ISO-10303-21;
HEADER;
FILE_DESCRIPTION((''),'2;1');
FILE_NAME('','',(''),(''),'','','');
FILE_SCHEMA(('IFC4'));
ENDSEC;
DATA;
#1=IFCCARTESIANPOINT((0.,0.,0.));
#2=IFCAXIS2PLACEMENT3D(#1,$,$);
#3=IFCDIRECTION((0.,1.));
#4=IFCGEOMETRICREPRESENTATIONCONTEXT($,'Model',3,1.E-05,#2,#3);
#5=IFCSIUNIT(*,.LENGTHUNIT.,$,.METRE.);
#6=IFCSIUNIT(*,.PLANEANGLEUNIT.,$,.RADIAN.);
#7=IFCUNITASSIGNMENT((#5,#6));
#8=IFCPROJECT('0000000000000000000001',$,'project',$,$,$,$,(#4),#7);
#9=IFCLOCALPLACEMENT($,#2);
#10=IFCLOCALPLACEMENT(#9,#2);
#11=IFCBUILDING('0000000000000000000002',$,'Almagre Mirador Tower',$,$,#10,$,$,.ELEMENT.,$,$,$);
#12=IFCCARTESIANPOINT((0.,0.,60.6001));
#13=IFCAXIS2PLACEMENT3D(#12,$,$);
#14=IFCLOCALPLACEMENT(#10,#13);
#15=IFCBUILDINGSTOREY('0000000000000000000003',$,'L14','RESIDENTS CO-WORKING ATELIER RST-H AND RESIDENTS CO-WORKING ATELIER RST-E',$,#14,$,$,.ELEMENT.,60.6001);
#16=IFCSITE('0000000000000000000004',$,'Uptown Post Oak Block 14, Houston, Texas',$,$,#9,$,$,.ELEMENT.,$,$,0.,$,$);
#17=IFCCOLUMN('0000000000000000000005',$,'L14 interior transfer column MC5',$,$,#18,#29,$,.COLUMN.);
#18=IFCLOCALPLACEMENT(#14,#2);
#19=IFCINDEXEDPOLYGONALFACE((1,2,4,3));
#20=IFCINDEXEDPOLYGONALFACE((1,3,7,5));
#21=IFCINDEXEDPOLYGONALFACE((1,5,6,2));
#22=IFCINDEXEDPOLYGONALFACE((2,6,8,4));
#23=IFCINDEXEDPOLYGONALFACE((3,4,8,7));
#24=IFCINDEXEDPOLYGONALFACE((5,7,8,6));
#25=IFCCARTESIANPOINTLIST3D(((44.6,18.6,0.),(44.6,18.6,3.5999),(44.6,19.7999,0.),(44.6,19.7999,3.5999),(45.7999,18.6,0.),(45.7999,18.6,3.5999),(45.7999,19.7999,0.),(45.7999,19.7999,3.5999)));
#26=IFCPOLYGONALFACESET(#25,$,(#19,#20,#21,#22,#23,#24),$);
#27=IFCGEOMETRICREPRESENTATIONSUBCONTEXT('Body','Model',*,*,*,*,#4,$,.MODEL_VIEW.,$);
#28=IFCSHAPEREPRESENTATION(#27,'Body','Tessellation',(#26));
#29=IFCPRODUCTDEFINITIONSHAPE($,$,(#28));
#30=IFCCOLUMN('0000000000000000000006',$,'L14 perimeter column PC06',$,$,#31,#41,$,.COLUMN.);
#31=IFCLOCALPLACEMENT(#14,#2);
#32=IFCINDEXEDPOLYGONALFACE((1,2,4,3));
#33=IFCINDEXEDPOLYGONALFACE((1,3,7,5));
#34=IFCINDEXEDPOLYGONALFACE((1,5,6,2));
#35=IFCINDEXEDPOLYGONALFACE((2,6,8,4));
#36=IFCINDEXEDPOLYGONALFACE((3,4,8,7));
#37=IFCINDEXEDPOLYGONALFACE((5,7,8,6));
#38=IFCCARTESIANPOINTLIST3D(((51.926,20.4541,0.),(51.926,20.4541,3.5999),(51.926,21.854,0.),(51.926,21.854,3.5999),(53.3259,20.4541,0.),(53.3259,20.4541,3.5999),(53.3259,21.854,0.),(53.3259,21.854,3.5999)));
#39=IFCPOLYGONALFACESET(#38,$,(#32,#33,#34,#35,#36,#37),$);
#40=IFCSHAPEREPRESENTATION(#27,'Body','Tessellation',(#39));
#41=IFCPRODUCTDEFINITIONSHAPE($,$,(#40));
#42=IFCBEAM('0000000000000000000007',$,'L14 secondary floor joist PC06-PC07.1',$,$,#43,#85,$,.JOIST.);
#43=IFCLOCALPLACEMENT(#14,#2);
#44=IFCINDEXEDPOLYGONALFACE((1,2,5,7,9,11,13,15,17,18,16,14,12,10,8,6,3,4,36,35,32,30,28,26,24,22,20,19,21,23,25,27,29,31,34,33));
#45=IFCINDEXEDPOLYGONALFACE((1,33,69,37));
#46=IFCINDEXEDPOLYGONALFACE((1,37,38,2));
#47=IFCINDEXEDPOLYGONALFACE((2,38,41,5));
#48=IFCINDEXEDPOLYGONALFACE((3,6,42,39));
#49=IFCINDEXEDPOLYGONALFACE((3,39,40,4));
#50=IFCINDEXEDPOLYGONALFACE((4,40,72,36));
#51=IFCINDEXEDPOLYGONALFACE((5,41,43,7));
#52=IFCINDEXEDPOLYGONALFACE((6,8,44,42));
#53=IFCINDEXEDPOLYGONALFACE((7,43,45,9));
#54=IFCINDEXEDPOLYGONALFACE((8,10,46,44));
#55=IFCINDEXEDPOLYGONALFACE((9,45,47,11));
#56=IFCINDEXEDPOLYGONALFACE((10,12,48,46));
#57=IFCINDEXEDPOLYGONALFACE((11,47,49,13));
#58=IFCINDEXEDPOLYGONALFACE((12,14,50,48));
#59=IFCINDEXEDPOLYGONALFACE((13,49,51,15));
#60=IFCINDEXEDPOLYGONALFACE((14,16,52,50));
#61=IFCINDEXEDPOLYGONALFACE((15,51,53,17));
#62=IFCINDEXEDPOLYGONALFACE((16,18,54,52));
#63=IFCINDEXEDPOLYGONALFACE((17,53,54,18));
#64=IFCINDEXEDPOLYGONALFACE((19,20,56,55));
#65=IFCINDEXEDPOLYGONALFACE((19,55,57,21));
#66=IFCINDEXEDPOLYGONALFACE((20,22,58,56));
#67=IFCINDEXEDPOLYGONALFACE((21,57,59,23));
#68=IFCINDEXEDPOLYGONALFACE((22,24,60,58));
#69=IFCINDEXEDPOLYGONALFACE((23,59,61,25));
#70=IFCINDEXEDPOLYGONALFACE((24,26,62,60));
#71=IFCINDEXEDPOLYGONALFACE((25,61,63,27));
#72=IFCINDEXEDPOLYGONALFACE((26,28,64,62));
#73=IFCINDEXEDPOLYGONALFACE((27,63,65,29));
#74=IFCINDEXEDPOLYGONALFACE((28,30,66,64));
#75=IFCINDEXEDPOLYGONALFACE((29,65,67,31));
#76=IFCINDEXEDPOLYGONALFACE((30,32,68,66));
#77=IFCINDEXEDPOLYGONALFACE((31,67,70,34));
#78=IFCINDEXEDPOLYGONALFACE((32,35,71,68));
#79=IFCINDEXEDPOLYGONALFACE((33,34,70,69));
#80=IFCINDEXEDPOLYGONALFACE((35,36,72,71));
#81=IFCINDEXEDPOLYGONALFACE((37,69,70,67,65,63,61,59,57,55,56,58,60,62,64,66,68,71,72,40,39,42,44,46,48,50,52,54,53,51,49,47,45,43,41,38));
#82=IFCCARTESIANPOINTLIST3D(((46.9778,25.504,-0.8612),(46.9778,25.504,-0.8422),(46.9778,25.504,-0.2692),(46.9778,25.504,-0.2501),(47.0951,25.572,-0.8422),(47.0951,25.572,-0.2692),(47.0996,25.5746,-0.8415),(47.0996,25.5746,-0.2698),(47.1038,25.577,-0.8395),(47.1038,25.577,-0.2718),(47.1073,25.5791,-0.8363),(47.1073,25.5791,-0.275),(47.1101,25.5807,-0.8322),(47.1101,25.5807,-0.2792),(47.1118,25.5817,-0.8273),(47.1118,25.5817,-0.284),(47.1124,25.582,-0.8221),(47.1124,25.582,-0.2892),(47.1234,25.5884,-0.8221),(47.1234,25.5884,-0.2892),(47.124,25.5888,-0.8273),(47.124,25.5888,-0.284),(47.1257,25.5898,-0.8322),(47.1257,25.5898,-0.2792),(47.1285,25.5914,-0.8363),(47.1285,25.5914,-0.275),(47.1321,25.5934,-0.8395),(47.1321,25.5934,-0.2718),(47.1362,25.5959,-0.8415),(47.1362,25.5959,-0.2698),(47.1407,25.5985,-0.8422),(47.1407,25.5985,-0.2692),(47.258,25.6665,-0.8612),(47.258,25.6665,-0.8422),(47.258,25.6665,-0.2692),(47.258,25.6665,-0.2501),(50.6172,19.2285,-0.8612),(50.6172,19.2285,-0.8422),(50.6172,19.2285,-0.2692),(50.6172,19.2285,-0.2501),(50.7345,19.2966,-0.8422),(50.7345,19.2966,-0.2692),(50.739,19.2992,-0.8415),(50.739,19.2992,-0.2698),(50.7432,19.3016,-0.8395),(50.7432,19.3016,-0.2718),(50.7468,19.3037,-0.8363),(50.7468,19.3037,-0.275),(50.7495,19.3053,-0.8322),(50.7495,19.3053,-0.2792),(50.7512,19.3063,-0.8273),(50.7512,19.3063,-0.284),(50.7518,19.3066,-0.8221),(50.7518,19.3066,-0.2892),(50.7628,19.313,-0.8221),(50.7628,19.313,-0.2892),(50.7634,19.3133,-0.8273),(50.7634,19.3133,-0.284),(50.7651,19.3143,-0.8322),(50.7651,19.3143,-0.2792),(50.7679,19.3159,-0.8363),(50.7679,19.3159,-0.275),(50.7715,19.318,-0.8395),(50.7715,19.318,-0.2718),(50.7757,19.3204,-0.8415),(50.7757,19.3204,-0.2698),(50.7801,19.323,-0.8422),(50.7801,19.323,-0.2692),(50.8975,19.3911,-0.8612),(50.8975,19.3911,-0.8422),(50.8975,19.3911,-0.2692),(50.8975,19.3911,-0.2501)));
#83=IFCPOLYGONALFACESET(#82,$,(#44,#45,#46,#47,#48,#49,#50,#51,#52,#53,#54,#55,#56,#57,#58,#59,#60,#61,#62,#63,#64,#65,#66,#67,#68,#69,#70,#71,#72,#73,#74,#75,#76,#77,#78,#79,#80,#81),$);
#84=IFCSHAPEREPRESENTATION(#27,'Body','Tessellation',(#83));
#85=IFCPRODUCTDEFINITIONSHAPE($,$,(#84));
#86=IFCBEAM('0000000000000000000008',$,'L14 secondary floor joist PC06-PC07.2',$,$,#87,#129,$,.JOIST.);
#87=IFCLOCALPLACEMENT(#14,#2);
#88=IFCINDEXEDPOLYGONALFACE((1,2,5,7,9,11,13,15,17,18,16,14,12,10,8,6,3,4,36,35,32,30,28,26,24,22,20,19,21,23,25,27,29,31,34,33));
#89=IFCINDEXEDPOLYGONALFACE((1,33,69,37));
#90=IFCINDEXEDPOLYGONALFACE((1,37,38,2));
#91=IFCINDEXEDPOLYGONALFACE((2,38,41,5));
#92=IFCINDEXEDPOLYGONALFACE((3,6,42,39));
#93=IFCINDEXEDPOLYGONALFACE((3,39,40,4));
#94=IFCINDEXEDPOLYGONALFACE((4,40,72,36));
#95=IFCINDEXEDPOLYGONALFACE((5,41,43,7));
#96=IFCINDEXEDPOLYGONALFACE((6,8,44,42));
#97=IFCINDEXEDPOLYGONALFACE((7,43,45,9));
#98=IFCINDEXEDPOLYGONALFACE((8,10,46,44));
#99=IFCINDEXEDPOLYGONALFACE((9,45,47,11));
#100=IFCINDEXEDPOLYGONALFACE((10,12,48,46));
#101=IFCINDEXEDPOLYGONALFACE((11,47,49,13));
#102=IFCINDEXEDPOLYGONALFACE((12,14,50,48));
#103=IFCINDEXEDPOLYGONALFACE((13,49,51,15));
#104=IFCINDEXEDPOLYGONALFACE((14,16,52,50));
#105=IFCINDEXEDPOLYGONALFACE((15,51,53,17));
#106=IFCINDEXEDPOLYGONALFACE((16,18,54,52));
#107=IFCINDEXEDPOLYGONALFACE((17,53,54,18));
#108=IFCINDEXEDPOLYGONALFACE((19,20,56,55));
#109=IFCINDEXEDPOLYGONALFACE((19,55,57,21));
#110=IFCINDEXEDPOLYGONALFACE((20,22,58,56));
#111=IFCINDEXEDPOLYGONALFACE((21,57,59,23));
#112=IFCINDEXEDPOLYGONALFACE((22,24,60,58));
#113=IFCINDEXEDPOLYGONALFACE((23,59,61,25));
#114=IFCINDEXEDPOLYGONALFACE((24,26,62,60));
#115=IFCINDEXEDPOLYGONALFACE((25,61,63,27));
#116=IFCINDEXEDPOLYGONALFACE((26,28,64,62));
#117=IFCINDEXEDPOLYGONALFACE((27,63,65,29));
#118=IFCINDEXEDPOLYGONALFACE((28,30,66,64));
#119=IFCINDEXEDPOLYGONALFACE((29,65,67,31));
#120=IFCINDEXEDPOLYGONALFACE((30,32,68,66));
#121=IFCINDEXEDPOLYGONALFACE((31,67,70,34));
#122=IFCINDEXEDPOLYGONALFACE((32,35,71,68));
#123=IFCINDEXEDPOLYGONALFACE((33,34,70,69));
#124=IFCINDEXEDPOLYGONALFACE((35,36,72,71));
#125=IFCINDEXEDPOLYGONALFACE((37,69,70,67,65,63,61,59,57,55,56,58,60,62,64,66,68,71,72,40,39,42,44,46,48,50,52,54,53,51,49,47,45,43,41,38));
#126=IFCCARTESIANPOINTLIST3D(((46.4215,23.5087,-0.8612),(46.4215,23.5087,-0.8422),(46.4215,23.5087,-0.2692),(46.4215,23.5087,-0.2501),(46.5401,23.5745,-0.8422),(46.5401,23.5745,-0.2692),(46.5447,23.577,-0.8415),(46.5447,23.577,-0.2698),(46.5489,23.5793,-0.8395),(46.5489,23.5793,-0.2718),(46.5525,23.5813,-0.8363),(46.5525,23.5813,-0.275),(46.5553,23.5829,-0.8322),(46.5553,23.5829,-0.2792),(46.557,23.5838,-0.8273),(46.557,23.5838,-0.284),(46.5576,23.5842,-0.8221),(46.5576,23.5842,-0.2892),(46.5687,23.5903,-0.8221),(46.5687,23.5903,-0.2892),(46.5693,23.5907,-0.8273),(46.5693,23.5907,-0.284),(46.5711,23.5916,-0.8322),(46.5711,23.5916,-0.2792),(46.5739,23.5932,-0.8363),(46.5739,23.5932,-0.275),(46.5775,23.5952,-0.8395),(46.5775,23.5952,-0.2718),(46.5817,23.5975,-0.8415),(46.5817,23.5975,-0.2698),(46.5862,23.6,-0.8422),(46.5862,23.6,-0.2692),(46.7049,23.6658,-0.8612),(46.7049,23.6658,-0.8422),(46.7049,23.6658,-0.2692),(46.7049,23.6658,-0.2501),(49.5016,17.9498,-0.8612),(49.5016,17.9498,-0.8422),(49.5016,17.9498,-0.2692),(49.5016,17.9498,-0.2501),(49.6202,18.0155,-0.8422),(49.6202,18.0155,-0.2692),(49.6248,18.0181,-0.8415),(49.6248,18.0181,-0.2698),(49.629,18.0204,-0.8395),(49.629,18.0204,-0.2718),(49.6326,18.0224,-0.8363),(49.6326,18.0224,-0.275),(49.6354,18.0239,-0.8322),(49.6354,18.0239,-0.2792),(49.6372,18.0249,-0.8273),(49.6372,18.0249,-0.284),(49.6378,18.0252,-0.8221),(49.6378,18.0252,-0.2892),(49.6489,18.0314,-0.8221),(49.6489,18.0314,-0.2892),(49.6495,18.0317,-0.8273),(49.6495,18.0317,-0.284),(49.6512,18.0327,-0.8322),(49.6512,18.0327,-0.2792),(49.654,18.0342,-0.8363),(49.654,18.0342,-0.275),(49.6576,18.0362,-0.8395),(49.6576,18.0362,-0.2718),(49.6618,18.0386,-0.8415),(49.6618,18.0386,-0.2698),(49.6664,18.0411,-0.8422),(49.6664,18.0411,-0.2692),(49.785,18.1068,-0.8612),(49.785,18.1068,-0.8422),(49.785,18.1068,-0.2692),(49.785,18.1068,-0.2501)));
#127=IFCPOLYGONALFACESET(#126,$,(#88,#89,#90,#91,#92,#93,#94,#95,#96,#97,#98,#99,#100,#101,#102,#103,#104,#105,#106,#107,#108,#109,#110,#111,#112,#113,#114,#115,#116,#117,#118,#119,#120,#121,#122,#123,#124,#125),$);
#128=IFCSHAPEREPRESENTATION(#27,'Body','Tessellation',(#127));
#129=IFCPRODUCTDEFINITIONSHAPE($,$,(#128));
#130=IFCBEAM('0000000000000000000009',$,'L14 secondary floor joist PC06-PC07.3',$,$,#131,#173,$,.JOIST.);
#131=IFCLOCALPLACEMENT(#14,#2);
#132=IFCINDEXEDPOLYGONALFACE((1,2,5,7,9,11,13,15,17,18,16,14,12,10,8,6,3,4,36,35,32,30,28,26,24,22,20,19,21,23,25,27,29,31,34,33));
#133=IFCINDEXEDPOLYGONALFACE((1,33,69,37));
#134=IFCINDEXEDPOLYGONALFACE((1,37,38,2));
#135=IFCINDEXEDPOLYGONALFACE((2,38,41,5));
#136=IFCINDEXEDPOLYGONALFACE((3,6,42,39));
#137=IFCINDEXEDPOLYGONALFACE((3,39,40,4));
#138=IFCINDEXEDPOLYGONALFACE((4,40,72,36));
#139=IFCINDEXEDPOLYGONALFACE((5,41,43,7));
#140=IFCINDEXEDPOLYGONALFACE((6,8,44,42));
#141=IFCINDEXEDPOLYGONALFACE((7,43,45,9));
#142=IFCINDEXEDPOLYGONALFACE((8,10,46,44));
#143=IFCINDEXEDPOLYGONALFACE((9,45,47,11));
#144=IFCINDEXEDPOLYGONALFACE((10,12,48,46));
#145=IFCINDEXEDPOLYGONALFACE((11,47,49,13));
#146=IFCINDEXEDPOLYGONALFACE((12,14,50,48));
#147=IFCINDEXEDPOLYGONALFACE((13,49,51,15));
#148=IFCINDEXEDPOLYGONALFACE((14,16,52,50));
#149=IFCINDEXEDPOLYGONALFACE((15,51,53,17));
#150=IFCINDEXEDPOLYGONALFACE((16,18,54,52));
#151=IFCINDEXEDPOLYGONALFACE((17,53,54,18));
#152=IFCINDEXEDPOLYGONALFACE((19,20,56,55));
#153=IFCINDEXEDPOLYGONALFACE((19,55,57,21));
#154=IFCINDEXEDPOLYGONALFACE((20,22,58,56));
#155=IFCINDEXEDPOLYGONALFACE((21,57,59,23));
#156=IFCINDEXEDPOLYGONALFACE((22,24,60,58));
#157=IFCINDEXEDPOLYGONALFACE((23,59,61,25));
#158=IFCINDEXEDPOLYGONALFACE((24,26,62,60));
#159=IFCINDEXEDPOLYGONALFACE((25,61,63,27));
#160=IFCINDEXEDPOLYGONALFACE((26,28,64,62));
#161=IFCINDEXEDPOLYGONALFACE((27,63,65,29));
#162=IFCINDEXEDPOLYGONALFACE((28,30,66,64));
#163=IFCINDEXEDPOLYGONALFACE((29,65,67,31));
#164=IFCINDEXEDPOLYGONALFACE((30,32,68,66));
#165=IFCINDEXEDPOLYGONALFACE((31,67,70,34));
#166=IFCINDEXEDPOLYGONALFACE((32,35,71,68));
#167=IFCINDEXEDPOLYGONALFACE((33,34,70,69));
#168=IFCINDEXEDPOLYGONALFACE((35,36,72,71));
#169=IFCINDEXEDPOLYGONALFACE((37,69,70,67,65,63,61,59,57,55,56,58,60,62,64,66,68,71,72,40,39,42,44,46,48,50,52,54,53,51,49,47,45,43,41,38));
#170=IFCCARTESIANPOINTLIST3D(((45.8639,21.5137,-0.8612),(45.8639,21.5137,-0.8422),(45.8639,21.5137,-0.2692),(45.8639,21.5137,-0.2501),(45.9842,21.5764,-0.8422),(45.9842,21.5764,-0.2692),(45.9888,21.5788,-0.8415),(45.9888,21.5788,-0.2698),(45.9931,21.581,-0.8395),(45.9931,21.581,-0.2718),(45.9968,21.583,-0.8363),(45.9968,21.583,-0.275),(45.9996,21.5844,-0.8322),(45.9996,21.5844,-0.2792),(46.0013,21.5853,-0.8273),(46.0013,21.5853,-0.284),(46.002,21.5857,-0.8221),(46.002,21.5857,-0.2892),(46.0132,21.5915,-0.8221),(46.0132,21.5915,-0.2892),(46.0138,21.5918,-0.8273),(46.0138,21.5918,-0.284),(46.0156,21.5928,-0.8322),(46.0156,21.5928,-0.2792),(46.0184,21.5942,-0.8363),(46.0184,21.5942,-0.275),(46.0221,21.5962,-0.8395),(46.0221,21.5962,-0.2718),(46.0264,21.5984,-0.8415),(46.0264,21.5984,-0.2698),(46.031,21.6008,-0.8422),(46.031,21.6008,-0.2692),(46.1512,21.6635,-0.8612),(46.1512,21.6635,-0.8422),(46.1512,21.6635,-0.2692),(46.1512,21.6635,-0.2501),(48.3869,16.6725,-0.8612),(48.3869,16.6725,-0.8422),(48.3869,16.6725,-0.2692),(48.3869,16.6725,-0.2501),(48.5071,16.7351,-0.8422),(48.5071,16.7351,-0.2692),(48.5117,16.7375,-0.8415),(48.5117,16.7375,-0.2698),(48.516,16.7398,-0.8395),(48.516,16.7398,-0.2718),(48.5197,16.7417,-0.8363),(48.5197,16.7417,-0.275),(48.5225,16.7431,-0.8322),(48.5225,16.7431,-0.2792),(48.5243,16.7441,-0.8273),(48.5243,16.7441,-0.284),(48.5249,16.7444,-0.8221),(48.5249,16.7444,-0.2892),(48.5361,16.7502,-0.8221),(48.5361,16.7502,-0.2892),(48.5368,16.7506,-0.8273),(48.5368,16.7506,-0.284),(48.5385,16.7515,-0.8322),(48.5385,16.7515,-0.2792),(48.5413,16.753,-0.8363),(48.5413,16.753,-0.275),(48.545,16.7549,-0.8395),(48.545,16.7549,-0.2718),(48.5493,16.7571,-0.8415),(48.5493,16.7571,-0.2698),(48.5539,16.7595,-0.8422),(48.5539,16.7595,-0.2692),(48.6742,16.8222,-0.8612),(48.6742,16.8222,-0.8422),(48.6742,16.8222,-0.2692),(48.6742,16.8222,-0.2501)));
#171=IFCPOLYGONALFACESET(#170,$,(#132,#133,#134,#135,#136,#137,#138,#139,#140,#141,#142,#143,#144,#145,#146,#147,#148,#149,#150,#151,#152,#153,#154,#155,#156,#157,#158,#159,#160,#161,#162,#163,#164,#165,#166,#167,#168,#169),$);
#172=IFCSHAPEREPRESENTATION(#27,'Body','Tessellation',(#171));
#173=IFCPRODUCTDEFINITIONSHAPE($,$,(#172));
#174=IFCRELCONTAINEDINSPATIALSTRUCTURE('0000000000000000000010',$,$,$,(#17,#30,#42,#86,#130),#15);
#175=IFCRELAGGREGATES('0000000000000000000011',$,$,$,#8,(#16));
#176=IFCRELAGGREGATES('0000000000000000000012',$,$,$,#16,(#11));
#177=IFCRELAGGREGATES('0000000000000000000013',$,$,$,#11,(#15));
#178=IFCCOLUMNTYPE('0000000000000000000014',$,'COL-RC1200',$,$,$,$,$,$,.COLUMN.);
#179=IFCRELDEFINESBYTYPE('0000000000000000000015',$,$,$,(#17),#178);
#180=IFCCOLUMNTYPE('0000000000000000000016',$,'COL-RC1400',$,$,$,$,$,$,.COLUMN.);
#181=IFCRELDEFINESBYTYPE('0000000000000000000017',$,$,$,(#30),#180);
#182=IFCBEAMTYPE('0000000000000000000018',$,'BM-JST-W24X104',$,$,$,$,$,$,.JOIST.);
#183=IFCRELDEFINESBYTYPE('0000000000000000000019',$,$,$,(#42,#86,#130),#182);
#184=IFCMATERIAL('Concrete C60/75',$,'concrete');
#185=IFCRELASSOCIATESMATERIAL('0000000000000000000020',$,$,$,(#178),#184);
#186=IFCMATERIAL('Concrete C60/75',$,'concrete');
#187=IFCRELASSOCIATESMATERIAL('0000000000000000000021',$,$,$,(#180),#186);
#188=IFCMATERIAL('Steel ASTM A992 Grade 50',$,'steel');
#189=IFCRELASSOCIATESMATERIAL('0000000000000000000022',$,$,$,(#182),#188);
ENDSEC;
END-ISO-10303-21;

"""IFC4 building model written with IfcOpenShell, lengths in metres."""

from ifc_helpers import new_model, si_unit, direction, frame, origin, origin_2d, place, context, subcontext, project, spatial, rectangle, i_section, extrude, material, material_profile, profile_set, type_object, element, save


model = new_model("IFC4")

# Units and contexts
model_context = context("Model", 3, precision=1e-05, world=origin(), true_north=direction((0.0, 1.0)))
body_context = subcontext(model_context, "Body", "Model", "MODEL_VIEW")
ifc_project = project(units=[si_unit("LENGTHUNIT", "METRE"), si_unit("PLANEANGLEUNIT", "RADIAN")], contexts=[model_context])

# Site, building, storey
site_placement = place(None, origin())
site = spatial("IfcSite", under=ifc_project, at=site_placement, Name="Uptown Post Oak Block 14, Houston, Texas", CompositionType="ELEMENT", RefElevation=0.0)
building_placement = place(site_placement, origin())
building = spatial("IfcBuilding", under=site, at=building_placement, Name="Almagre Mirador Tower", CompositionType="ELEMENT")
storey_placement = place(building_placement, frame((0.0, 0.0, 60.6001)))
storey = spatial("IfcBuildingStorey", under=building, at=storey_placement, Name="L14", Description="RESIDENTS CO-WORKING ATELIER RST-H AND RESIDENTS CO-WORKING ATELIER RST-E", CompositionType="ELEMENT", Elevation=60.6001)

# Columns
ifc_material_1 = material(Name="Concrete C60/75", Category="concrete")
ifc_material_profile_1 = material_profile(ifc_material_1, rectangle(XDim=1.2, YDim=1.2, at=origin_2d()), Name="RC1200X1200")
ifc_profile_set_1 = profile_set([ifc_material_profile_1], Name="Concrete C60/75")
column_type_1 = type_object("IfcColumnType", Name="COL-RC1200", PredefinedType="COLUMN", material=ifc_profile_set_1)
column_1_placement = place(storey_placement, frame((45.2, 19.2, 0.0), z_axis=(0.0, 0.0, 1.0), x_axis=(1.0, 0.0, 0.0)))
element("IfcColumn", 1, at=column_1_placement, inside=storey, type_object=column_type_1, Name="L14 interior transfer column MC5", PredefinedType="COLUMN", context=body_context, shape_type="SweptSolid", body=[
    extrude(rectangle(XDim=1.2, YDim=1.2, at=origin_2d()), origin(), (0.0, 0.0, 1.0), 3.5999),
])
ifc_material_2 = material(Name="Concrete C60/75", Category="concrete")
ifc_material_profile_2 = material_profile(ifc_material_2, rectangle(XDim=1.3999, YDim=1.3999, at=origin_2d()), Name="RC1400X1400")
ifc_profile_set_2 = profile_set([ifc_material_profile_2], Name="Concrete C60/75")
column_type_2 = type_object("IfcColumnType", Name="COL-RC1400", PredefinedType="COLUMN", material=ifc_profile_set_2)
column_2_placement = place(storey_placement, frame((52.626, 21.1541, 0.0), z_axis=(0.0, 0.0, 1.0), x_axis=(1.0, 0.0, 0.0)))
element("IfcColumn", 2, at=column_2_placement, inside=storey, type_object=column_type_2, Name="L14 perimeter column PC06", PredefinedType="COLUMN", context=body_context, shape_type="SweptSolid", body=[
    extrude(rectangle(XDim=1.3999, YDim=1.3999, at=origin_2d()), origin(), (0.0, 0.0, 1.0), 3.5999),
])

# Beams
ifc_material_3 = material(Name="Steel ASTM A992 Grade 50", Category="steel")
ifc_material_profile_3 = material_profile(ifc_material_3, i_section(OverallWidth=0.324, OverallDepth=0.6111, WebThickness=0.0127, FlangeThickness=0.019, FilletRadius=0.02, at=origin_2d()), Name="W24X104")
ifc_profile_set_3 = profile_set([ifc_material_profile_3], Name="Steel ASTM A992 Grade 50")
beam_type_1 = type_object("IfcBeamType", Name="BM-JST-W24X104", PredefinedType="JOIST", material=ifc_profile_set_3)
beam_1_placement = place(storey_placement, frame((50.7573, 19.3098, -0.5557), z_axis=(-0.501685, 0.86505, 0.0), x_axis=(-0.86505, -0.501685, 0.0)))
element("IfcBeam", 3, at=beam_1_placement, inside=storey, type_object=beam_type_1, Name="L14 secondary floor joist PC06-PC07.1", PredefinedType="JOIST", context=body_context, shape_type="SweptSolid", body=[
    extrude(i_section(OverallWidth=0.324, OverallDepth=0.6111, WebThickness=0.0127, FlangeThickness=0.019, FilletRadius=0.02, at=origin_2d()), origin(), (0.0, 0.0, 1.0), 7.2544),
])
beam_2_placement = place(storey_placement, frame((49.6433, 18.0283, -0.5557), z_axis=(-0.484661, 0.874702, 0.0), x_axis=(-0.874702, -0.484661, 0.0)))
element("IfcBeam", 4, at=beam_2_placement, inside=storey, type_object=beam_type_1, Name="L14 secondary floor joist PC06-PC07.2", PredefinedType="JOIST", context=body_context, shape_type="SweptSolid", body=[
    extrude(i_section(OverallWidth=0.324, OverallDepth=0.6111, WebThickness=0.0127, FlangeThickness=0.019, FilletRadius=0.02, at=origin_2d()), origin(), (0.0, 0.0, 1.0), 6.3552),
])
beam_3_placement = place(storey_placement, frame((48.5305, 16.7473, -0.5557), z_axis=(-0.462141, 0.886806, 0.0), x_axis=(-0.886806, -0.462141, 0.0)))
element("IfcBeam", 5, at=beam_3_placement, inside=storey, type_object=beam_type_1, Name="L14 secondary floor joist PC06-PC07.3", PredefinedType="JOIST", context=body_context, shape_type="SweptSolid", body=[
    extrude(i_section(OverallWidth=0.324, OverallDepth=0.6111, WebThickness=0.0127, FlangeThickness=0.019, FilletRadius=0.02, at=origin_2d()), origin(), (0.0, 0.0, 1.0), 5.4592),
])

save(model, "model.ifc")
